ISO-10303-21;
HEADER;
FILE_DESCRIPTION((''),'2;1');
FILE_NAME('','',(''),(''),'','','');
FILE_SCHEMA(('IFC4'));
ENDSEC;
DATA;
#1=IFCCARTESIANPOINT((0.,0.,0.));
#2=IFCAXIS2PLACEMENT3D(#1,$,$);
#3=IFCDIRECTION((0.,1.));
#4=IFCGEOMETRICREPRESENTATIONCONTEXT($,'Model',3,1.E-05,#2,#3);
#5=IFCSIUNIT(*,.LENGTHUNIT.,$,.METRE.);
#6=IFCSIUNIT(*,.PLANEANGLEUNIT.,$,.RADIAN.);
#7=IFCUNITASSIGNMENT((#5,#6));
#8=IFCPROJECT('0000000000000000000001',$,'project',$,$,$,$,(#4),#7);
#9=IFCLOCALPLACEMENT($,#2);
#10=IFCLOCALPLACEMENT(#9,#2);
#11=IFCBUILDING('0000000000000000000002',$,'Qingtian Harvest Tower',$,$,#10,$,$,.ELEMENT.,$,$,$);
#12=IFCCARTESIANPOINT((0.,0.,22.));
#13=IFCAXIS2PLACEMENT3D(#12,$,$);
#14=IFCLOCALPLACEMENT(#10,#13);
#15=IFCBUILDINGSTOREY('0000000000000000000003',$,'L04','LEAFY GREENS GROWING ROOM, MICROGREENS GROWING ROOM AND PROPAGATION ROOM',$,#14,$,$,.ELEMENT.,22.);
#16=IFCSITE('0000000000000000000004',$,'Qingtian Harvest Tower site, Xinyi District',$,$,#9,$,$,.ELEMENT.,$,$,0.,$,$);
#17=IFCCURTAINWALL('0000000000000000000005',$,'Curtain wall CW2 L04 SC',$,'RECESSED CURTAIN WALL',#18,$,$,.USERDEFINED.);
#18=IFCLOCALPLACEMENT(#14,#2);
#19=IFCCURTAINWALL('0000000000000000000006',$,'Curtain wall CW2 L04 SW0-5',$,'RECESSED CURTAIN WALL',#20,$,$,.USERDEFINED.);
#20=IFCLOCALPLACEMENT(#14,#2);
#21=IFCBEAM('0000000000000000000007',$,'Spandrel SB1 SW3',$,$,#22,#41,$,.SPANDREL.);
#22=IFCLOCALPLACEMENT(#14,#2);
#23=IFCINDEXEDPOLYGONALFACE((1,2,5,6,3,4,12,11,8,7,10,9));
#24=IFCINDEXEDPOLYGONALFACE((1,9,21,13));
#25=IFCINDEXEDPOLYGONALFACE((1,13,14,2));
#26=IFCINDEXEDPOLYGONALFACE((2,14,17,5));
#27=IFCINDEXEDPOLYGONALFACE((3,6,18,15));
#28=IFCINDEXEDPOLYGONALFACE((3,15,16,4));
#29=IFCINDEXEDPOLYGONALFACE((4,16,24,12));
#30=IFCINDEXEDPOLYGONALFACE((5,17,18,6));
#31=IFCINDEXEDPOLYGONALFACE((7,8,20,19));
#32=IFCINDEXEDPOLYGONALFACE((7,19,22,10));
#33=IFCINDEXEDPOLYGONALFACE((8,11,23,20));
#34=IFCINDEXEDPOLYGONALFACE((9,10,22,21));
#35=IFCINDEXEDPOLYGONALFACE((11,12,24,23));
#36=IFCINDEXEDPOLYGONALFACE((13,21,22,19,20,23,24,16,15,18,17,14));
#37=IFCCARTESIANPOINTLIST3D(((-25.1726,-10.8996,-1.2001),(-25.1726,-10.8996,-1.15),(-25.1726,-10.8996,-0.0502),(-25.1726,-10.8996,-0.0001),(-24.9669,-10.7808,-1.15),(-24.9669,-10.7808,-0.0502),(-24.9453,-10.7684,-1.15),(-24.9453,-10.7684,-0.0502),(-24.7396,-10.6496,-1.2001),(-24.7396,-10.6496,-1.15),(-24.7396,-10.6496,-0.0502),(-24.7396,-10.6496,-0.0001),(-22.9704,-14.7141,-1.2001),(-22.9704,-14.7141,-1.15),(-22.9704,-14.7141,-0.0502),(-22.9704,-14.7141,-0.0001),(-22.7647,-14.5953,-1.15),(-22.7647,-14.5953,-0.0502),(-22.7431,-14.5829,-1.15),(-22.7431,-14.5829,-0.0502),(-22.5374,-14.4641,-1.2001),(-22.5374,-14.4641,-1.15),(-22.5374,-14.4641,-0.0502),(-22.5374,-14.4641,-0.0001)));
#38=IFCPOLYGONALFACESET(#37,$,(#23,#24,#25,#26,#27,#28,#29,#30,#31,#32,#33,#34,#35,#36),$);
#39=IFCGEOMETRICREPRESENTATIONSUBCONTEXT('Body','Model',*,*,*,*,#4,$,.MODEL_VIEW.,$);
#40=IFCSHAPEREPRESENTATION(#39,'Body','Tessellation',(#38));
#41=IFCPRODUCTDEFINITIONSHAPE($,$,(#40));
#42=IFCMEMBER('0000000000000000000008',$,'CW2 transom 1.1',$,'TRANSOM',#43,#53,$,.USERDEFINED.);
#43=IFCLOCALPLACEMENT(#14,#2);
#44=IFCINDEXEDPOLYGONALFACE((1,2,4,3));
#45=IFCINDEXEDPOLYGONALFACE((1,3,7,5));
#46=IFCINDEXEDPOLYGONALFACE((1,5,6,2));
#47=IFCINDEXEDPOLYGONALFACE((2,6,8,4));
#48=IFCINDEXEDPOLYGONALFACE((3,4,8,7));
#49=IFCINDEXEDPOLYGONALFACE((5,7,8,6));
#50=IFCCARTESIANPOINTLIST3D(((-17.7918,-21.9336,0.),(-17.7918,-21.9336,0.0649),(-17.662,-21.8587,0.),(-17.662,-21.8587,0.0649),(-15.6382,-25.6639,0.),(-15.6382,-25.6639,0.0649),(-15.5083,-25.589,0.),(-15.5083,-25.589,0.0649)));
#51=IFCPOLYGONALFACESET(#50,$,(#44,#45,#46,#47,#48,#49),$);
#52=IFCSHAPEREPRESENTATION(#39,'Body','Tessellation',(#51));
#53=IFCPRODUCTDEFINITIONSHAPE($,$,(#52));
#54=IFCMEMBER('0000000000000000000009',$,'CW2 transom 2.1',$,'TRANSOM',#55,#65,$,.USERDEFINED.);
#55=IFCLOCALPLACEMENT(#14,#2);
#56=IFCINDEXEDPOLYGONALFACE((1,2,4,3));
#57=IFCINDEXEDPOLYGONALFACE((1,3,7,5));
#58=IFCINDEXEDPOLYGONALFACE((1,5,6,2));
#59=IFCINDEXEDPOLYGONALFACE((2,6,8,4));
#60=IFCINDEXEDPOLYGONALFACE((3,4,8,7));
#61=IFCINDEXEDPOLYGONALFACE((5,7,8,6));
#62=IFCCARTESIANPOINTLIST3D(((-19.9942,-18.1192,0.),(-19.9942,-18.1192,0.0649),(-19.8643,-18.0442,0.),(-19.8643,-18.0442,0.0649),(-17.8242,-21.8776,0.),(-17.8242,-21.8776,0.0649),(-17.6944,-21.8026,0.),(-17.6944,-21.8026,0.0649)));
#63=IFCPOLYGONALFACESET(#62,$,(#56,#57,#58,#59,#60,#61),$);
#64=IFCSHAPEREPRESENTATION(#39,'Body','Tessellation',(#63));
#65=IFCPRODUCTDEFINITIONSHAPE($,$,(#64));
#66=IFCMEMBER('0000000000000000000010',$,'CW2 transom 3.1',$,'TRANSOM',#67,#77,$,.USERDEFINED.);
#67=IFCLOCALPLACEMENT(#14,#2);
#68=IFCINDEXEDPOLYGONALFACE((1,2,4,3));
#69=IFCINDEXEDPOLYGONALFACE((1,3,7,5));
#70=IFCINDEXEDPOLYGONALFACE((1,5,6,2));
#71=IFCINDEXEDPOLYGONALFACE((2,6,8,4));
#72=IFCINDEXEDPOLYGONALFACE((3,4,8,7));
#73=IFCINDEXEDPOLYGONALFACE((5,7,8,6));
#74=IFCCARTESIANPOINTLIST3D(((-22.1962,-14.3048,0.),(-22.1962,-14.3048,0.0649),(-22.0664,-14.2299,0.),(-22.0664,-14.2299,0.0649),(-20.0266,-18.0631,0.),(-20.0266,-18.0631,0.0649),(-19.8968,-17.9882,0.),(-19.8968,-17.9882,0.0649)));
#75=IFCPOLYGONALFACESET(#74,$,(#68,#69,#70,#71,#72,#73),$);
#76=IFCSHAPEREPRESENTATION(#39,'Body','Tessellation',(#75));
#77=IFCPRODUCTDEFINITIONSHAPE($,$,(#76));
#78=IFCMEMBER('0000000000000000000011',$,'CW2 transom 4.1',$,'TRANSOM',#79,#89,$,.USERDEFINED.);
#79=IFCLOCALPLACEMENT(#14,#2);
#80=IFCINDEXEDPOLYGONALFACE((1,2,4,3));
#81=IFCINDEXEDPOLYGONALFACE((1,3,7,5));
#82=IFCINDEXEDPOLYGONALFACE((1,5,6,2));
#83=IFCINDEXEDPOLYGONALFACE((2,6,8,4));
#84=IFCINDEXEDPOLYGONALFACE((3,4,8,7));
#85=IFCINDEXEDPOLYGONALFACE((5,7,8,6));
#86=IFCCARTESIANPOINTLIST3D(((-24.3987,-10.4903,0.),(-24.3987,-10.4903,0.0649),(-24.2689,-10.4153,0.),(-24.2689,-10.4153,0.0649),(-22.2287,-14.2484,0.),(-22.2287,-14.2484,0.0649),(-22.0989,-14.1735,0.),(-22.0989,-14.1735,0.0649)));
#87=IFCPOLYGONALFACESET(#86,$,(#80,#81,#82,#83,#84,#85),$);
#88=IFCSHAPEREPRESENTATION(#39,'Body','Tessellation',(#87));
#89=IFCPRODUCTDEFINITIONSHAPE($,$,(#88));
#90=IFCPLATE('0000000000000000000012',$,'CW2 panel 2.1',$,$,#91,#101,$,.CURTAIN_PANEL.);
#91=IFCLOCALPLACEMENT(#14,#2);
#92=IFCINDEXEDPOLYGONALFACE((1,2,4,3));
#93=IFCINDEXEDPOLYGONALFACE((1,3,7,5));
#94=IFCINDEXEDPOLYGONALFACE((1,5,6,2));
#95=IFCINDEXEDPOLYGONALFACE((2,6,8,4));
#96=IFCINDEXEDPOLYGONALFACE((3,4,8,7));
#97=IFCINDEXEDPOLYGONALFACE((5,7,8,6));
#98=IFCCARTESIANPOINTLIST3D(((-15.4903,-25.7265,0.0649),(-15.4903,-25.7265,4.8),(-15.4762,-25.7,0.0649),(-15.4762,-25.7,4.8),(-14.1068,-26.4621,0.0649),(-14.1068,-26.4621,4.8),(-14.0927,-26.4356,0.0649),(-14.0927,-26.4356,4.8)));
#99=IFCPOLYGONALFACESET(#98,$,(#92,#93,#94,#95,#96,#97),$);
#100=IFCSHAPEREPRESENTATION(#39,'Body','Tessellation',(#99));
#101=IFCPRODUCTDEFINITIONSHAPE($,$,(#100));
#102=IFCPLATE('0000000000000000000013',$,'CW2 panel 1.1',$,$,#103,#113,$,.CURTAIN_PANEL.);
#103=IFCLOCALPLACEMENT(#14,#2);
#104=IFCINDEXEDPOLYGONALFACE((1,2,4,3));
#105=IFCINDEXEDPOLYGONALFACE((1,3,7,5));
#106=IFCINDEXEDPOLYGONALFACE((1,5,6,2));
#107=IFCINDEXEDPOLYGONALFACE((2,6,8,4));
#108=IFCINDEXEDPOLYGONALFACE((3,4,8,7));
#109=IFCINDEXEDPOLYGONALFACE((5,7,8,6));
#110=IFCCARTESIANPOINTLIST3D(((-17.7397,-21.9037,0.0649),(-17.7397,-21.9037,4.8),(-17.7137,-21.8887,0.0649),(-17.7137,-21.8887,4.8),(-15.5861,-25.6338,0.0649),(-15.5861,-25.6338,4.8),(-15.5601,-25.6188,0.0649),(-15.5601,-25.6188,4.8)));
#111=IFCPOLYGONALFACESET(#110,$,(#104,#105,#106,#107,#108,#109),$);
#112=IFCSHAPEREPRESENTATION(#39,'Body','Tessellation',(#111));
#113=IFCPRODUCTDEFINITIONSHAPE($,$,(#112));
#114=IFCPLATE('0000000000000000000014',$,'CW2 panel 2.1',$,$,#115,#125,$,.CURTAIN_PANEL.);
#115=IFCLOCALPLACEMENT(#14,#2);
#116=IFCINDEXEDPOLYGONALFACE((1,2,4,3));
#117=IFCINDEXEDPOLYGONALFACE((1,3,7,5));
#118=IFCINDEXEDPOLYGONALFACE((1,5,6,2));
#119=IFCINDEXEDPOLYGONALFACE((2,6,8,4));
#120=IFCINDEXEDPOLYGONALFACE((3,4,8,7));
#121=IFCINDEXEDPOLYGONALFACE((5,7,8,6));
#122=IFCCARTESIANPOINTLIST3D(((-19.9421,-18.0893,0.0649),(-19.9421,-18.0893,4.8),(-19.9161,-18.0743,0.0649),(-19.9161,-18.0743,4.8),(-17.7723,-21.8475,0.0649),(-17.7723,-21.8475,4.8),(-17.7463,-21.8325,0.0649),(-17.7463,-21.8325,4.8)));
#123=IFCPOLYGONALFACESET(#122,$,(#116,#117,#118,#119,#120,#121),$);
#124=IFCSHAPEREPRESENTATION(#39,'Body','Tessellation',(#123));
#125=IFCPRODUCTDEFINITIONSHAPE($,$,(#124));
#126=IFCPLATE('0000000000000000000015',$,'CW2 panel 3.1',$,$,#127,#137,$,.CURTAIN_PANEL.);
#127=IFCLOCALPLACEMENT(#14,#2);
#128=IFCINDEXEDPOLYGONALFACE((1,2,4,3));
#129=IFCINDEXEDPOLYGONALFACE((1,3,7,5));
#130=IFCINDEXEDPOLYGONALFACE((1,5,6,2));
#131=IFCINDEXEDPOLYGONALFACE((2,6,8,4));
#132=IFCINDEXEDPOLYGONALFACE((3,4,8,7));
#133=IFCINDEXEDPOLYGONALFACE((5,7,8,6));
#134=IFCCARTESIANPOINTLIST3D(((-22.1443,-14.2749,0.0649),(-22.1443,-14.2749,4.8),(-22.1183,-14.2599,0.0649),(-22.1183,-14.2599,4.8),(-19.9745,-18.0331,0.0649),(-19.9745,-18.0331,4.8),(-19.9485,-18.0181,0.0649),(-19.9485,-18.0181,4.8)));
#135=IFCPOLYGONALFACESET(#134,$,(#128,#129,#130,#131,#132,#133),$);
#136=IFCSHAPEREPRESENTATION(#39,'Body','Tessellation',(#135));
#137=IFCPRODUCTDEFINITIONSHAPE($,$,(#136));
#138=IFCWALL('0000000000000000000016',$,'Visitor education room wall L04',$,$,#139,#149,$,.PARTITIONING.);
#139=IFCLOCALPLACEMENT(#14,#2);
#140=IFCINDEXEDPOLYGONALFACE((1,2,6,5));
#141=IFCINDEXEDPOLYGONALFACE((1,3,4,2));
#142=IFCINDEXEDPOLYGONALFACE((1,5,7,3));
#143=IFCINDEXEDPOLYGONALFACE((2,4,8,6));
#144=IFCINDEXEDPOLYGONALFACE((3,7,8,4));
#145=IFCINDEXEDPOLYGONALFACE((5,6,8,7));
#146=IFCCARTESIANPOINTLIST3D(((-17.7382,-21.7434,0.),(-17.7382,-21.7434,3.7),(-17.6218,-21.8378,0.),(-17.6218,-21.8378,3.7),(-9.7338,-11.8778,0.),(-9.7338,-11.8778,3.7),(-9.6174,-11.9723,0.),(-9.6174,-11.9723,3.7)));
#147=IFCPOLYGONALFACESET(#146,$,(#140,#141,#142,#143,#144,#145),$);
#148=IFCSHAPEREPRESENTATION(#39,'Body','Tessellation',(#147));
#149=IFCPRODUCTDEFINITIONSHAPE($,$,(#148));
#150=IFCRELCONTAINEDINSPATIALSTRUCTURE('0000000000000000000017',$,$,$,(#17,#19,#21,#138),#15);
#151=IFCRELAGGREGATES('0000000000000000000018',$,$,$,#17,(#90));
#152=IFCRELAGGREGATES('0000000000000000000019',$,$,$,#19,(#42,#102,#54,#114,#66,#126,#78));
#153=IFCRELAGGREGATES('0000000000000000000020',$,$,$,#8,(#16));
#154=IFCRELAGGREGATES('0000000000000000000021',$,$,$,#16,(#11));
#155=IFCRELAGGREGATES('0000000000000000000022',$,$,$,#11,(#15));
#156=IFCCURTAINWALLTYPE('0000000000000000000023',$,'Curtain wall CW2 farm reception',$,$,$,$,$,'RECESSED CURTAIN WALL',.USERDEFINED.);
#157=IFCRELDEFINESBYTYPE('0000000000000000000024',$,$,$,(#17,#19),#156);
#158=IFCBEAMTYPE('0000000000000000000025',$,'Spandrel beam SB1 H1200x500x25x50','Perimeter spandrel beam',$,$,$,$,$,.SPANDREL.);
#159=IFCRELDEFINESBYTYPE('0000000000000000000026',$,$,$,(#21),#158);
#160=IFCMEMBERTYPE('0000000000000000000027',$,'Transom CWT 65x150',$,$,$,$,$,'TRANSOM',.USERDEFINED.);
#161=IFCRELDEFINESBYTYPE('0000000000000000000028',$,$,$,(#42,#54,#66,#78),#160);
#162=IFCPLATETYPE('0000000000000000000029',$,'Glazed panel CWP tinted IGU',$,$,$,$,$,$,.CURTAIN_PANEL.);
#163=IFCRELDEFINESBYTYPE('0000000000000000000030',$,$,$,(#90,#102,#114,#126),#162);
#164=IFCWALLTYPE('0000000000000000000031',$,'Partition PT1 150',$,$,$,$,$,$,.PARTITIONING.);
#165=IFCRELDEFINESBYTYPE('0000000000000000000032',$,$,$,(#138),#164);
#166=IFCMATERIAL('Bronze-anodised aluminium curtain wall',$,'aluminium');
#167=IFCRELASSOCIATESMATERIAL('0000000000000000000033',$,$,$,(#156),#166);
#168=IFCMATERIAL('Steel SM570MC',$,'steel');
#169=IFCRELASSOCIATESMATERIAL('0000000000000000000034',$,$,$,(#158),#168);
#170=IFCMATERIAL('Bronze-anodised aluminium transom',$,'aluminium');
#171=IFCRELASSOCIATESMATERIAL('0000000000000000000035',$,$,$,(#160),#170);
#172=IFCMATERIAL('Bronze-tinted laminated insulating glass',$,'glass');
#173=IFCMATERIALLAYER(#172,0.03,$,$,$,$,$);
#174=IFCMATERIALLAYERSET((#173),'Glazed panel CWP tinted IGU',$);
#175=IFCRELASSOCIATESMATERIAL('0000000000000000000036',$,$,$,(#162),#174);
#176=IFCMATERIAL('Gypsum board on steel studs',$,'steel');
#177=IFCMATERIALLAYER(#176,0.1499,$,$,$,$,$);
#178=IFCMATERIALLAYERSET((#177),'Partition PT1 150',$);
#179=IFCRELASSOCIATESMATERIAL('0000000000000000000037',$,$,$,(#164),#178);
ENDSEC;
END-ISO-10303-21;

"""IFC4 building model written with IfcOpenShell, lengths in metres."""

from ifc_helpers import new_model, si_unit, direction, frame, frame_2d, origin, origin_2d, place, context, subcontext, project, spatial, rectangle, i_section, extrude, material, layer, layer_set, material_profile, profile_set, type_object, element, aggregate, save


model = new_model("IFC4")

# Units and contexts
model_context = context("Model", 3, precision=1e-05, world=origin(), true_north=direction((0.0, 1.0)))
body_context = subcontext(model_context, "Body", "Model", "MODEL_VIEW")
ifc_project = project(units=[si_unit("LENGTHUNIT", "METRE"), si_unit("PLANEANGLEUNIT", "RADIAN")], contexts=[model_context])

# Site, building, storey
site_placement = place(None, origin())
site = spatial("IfcSite", under=ifc_project, at=site_placement, Name="Qingtian Harvest Tower site, Xinyi District", CompositionType="ELEMENT", RefElevation=0.0)
building_placement = place(site_placement, origin())
building = spatial("IfcBuilding", under=site, at=building_placement, Name="Qingtian Harvest Tower", CompositionType="ELEMENT")
storey_placement = place(building_placement, frame((0.0, 0.0, 22.0)))
storey = spatial("IfcBuildingStorey", under=building, at=storey_placement, Name="L04", Description="LEAFY GREENS GROWING ROOM, MICROGREENS GROWING ROOM AND PROPAGATION ROOM", CompositionType="ELEMENT", Elevation=22.0)

# Curtain wall
ifc_material_1 = material(Name="Bronze-anodised aluminium curtain wall", Category="aluminium")
curtain_wall_type = type_object("IfcCurtainWallType", Name="Curtain wall CW2 farm reception", ElementType="RECESSED CURTAIN WALL", PredefinedType="USERDEFINED", material=ifc_material_1)
curtain_wall_1_placement = place(storey_placement, origin())
curtain_wall_1 = element("IfcCurtainWall", 1, at=curtain_wall_1_placement, inside=storey, type_object=curtain_wall_type, Name="Curtain wall CW2 L04 SC", ObjectType="RECESSED CURTAIN WALL", PredefinedType="USERDEFINED")

# Curtain wall
curtain_wall_2_placement = place(storey_placement, origin())
curtain_wall_2 = element("IfcCurtainWall", 2, at=curtain_wall_2_placement, inside=storey, type_object=curtain_wall_type, Name="Curtain wall CW2 L04 SW0-5", ObjectType="RECESSED CURTAIN WALL", PredefinedType="USERDEFINED")

# Beam
ifc_material_2 = material(Name="Steel SM570MC", Category="steel")
ifc_material_profile_1 = material_profile(ifc_material_2, i_section(OverallWidth=0.5, OverallDepth=1.2, WebThickness=0.0249, FlangeThickness=0.05, at=origin_2d()), Name="H1200x500x25x50")
ifc_profile_set_1 = profile_set([ifc_material_profile_1], Name="Steel SM570MC")
beam_type_1 = type_object("IfcBeamType", Name="Spandrel beam SB1 H1200x500x25x50", Description="Perimeter spandrel beam", PredefinedType="SPANDREL", material=ifc_profile_set_1)
for number, where, z_axis, x_axis, name in (
    (3, (-22.7539, -14.5891, -0.6001), (-0.499978, 0.866038, 0.0), (-0.866038, -0.499978, 0.0), "Spandrel SB1 SW3"),
):
    element("IfcBeam", number, at=place(storey_placement, frame(where, z_axis=z_axis, x_axis=x_axis)), inside=storey, type_object=beam_type_1, Name=name, PredefinedType="SPANDREL", context=body_context, shape_type="SweptSolid", body=[
        extrude(i_section(OverallWidth=0.5, OverallDepth=1.2, WebThickness=0.0249, FlangeThickness=0.05, at=origin_2d()), origin(), (0.0, 0.0, 1.0), 4.4045),
    ])

# Members
ifc_material_3 = material(Name="Bronze-anodised aluminium transom", Category="aluminium")
ifc_material_profile_2 = material_profile(ifc_material_3, rectangle(XDim=0.1499, YDim=0.0649, at=origin_2d()), Name="AL 65x150")
ifc_profile_set_2 = profile_set([ifc_material_profile_2], Name="Bronze-anodised aluminium transom")
member_type_1 = type_object("IfcMemberType", Name="Transom CWT 65x150", ElementType="TRANSOM", PredefinedType="USERDEFINED", material=ifc_profile_set_2)
member_1_placement = place(storey_placement, frame((-15.5732, -25.6265, 0.0325), z_axis=(-0.499986, 0.866034, 0.0), x_axis=(-0.866034, -0.499986, 0.0)))
member_1 = element("IfcMember", 4, at=member_1_placement, type_object=member_type_1, Name="CW2 transom 1.1", ObjectType="TRANSOM", PredefinedType="USERDEFINED", context=body_context, shape_type="SweptSolid", body=[
    extrude(rectangle(XDim=0.1499, YDim=0.0649, at=origin_2d()), origin(), (0.0, 0.0, 1.0), 4.3074),
])
member_2_placement = place(storey_placement, frame((-17.7593, -21.8401, 0.0325), z_axis=(-0.500011, 0.866019, 0.0), x_axis=(-0.866019, -0.500011, 0.0)))
member_2 = element("IfcMember", 5, at=member_2_placement, type_object=member_type_1, Name="CW2 transom 2.1", ObjectType="TRANSOM", PredefinedType="USERDEFINED", context=body_context, shape_type="SweptSolid", body=[
    extrude(rectangle(XDim=0.1499, YDim=0.0649, at=origin_2d()), origin(), (0.0, 0.0, 1.0), 4.3398),
])
member_3_placement = place(storey_placement, frame((-19.9617, -18.0256, 0.0325), z_axis=(-0.499969, 0.866043, 0.0), x_axis=(-0.866043, -0.499969, 0.0)))
member_3 = element("IfcMember", 6, at=member_3_placement, type_object=member_type_1, Name="CW2 transom 3.1", ObjectType="TRANSOM", PredefinedType="USERDEFINED", context=body_context, shape_type="SweptSolid", body=[
    extrude(rectangle(XDim=0.1499, YDim=0.0649, at=origin_2d()), origin(), (0.0, 0.0, 1.0), 4.3396),
])
member_4_placement = place(storey_placement, frame((-22.1638, -14.2109, 0.0325), z_axis=(-0.500036, 0.866005, 0.0), x_axis=(-0.866005, -0.500036, 0.0)))
member_4 = element("IfcMember", 7, at=member_4_placement, type_object=member_type_1, Name="CW2 transom 4.1", ObjectType="TRANSOM", PredefinedType="USERDEFINED", context=body_context, shape_type="SweptSolid", body=[
    extrude(rectangle(XDim=0.1499, YDim=0.0649, at=origin_2d()), origin(), (0.0, 0.0, 1.0), 4.3396),
])

# Plates
ifc_material_4 = material(Name="Bronze-tinted laminated insulating glass", Category="glass")
ifc_layer_1 = layer(ifc_material_4, 0.03)
ifc_layer_set_1 = layer_set([ifc_layer_1], Name="Glazed panel CWP tinted IGU")
plate_type = type_object("IfcPlateType", Name="Glazed panel CWP tinted IGU", PredefinedType="CURTAIN_PANEL", material=ifc_layer_set_1)
plate_1_placement = place(storey_placement, frame((-14.7915, -26.0811, 0.0649), z_axis=(0.0, 0.0, 1.0), x_axis=(-0.882948, 0.469472, 0.0)))
plate_1 = element("IfcPlate", 8, at=plate_1_placement, type_object=plate_type, Name="CW2 panel 2.1", PredefinedType="CURTAIN_PANEL", context=body_context, shape_type="SweptSolid", body=[
    extrude(rectangle(XDim=1.5669, YDim=0.03, at=origin_2d()), origin(), (0.0, 0.0, 1.0), 4.7351),
])
aggregate(curtain_wall_1, [plate_1])
plate_2_placement = place(storey_placement, frame((-16.6499, -23.7612, 0.0649), z_axis=(0.0, 0.0, 1.0), x_axis=(-0.5, 0.866025, 0.0)))
plate_2 = element("IfcPlate", 9, at=plate_2_placement, type_object=plate_type, Name="CW2 panel 1.1", PredefinedType="CURTAIN_PANEL", context=body_context, shape_type="SweptSolid", body=[
    extrude(rectangle(XDim=4.3071, YDim=0.03, at=origin_2d()), origin(), (0.0, 0.0, 1.0), 4.7351),
])
plate_3_placement = place(storey_placement, frame((-18.8442, -19.9609, 0.0649), z_axis=(0.0, 0.0, 1.0), x_axis=(-0.5, 0.866025, 0.0)))
plate_3 = element("IfcPlate", 10, at=plate_3_placement, type_object=plate_type, Name="CW2 panel 2.1", PredefinedType="CURTAIN_PANEL", context=body_context, shape_type="SweptSolid", body=[
    extrude(rectangle(XDim=4.3396, YDim=0.03, at=origin_2d()), origin(), (0.0, 0.0, 1.0), 4.7351),
])
plate_4_placement = place(storey_placement, frame((-21.0464, -16.1465, 0.0649), z_axis=(0.0, 0.0, 1.0), x_axis=(-0.5, 0.866025, 0.0)))
plate_4 = element("IfcPlate", 11, at=plate_4_placement, type_object=plate_type, Name="CW2 panel 3.1", PredefinedType="CURTAIN_PANEL", context=body_context, shape_type="SweptSolid", body=[
    extrude(rectangle(XDim=4.3396, YDim=0.03, at=origin_2d()), origin(), (0.0, 0.0, 1.0), 4.7351),
])
aggregate(curtain_wall_2, [member_1, plate_2, member_2, plate_3, member_3, plate_4, member_4])

# Wall
ifc_material_5 = material(Name="Gypsum board on steel studs", Category="steel")
ifc_layer_2 = layer(ifc_material_5, 0.1499)
ifc_layer_set_2 = layer_set([ifc_layer_2], Name="Partition PT1 150")
wall_type = type_object("IfcWallType", Name="Partition PT1 150", PredefinedType="PARTITIONING", material=ifc_layer_set_2)
wall_placement = place(storey_placement, frame((-17.6799, -21.7905, 0.0), z_axis=(0.0, 0.0, 1.0), x_axis=(0.630056, 0.776549, 0.0)))
element("IfcWall", 12, at=wall_placement, inside=storey, type_object=wall_type, Name="Visitor education room wall L04", PredefinedType="PARTITIONING", context=body_context, shape_type="SweptSolid", body=[
    extrude(rectangle(XDim=12.7043, YDim=0.1499, at=frame_2d((6.3521, 0.0))), origin(), (0.0, 0.0, 1.0), 3.7),
])

save(model, "model.ifc")
